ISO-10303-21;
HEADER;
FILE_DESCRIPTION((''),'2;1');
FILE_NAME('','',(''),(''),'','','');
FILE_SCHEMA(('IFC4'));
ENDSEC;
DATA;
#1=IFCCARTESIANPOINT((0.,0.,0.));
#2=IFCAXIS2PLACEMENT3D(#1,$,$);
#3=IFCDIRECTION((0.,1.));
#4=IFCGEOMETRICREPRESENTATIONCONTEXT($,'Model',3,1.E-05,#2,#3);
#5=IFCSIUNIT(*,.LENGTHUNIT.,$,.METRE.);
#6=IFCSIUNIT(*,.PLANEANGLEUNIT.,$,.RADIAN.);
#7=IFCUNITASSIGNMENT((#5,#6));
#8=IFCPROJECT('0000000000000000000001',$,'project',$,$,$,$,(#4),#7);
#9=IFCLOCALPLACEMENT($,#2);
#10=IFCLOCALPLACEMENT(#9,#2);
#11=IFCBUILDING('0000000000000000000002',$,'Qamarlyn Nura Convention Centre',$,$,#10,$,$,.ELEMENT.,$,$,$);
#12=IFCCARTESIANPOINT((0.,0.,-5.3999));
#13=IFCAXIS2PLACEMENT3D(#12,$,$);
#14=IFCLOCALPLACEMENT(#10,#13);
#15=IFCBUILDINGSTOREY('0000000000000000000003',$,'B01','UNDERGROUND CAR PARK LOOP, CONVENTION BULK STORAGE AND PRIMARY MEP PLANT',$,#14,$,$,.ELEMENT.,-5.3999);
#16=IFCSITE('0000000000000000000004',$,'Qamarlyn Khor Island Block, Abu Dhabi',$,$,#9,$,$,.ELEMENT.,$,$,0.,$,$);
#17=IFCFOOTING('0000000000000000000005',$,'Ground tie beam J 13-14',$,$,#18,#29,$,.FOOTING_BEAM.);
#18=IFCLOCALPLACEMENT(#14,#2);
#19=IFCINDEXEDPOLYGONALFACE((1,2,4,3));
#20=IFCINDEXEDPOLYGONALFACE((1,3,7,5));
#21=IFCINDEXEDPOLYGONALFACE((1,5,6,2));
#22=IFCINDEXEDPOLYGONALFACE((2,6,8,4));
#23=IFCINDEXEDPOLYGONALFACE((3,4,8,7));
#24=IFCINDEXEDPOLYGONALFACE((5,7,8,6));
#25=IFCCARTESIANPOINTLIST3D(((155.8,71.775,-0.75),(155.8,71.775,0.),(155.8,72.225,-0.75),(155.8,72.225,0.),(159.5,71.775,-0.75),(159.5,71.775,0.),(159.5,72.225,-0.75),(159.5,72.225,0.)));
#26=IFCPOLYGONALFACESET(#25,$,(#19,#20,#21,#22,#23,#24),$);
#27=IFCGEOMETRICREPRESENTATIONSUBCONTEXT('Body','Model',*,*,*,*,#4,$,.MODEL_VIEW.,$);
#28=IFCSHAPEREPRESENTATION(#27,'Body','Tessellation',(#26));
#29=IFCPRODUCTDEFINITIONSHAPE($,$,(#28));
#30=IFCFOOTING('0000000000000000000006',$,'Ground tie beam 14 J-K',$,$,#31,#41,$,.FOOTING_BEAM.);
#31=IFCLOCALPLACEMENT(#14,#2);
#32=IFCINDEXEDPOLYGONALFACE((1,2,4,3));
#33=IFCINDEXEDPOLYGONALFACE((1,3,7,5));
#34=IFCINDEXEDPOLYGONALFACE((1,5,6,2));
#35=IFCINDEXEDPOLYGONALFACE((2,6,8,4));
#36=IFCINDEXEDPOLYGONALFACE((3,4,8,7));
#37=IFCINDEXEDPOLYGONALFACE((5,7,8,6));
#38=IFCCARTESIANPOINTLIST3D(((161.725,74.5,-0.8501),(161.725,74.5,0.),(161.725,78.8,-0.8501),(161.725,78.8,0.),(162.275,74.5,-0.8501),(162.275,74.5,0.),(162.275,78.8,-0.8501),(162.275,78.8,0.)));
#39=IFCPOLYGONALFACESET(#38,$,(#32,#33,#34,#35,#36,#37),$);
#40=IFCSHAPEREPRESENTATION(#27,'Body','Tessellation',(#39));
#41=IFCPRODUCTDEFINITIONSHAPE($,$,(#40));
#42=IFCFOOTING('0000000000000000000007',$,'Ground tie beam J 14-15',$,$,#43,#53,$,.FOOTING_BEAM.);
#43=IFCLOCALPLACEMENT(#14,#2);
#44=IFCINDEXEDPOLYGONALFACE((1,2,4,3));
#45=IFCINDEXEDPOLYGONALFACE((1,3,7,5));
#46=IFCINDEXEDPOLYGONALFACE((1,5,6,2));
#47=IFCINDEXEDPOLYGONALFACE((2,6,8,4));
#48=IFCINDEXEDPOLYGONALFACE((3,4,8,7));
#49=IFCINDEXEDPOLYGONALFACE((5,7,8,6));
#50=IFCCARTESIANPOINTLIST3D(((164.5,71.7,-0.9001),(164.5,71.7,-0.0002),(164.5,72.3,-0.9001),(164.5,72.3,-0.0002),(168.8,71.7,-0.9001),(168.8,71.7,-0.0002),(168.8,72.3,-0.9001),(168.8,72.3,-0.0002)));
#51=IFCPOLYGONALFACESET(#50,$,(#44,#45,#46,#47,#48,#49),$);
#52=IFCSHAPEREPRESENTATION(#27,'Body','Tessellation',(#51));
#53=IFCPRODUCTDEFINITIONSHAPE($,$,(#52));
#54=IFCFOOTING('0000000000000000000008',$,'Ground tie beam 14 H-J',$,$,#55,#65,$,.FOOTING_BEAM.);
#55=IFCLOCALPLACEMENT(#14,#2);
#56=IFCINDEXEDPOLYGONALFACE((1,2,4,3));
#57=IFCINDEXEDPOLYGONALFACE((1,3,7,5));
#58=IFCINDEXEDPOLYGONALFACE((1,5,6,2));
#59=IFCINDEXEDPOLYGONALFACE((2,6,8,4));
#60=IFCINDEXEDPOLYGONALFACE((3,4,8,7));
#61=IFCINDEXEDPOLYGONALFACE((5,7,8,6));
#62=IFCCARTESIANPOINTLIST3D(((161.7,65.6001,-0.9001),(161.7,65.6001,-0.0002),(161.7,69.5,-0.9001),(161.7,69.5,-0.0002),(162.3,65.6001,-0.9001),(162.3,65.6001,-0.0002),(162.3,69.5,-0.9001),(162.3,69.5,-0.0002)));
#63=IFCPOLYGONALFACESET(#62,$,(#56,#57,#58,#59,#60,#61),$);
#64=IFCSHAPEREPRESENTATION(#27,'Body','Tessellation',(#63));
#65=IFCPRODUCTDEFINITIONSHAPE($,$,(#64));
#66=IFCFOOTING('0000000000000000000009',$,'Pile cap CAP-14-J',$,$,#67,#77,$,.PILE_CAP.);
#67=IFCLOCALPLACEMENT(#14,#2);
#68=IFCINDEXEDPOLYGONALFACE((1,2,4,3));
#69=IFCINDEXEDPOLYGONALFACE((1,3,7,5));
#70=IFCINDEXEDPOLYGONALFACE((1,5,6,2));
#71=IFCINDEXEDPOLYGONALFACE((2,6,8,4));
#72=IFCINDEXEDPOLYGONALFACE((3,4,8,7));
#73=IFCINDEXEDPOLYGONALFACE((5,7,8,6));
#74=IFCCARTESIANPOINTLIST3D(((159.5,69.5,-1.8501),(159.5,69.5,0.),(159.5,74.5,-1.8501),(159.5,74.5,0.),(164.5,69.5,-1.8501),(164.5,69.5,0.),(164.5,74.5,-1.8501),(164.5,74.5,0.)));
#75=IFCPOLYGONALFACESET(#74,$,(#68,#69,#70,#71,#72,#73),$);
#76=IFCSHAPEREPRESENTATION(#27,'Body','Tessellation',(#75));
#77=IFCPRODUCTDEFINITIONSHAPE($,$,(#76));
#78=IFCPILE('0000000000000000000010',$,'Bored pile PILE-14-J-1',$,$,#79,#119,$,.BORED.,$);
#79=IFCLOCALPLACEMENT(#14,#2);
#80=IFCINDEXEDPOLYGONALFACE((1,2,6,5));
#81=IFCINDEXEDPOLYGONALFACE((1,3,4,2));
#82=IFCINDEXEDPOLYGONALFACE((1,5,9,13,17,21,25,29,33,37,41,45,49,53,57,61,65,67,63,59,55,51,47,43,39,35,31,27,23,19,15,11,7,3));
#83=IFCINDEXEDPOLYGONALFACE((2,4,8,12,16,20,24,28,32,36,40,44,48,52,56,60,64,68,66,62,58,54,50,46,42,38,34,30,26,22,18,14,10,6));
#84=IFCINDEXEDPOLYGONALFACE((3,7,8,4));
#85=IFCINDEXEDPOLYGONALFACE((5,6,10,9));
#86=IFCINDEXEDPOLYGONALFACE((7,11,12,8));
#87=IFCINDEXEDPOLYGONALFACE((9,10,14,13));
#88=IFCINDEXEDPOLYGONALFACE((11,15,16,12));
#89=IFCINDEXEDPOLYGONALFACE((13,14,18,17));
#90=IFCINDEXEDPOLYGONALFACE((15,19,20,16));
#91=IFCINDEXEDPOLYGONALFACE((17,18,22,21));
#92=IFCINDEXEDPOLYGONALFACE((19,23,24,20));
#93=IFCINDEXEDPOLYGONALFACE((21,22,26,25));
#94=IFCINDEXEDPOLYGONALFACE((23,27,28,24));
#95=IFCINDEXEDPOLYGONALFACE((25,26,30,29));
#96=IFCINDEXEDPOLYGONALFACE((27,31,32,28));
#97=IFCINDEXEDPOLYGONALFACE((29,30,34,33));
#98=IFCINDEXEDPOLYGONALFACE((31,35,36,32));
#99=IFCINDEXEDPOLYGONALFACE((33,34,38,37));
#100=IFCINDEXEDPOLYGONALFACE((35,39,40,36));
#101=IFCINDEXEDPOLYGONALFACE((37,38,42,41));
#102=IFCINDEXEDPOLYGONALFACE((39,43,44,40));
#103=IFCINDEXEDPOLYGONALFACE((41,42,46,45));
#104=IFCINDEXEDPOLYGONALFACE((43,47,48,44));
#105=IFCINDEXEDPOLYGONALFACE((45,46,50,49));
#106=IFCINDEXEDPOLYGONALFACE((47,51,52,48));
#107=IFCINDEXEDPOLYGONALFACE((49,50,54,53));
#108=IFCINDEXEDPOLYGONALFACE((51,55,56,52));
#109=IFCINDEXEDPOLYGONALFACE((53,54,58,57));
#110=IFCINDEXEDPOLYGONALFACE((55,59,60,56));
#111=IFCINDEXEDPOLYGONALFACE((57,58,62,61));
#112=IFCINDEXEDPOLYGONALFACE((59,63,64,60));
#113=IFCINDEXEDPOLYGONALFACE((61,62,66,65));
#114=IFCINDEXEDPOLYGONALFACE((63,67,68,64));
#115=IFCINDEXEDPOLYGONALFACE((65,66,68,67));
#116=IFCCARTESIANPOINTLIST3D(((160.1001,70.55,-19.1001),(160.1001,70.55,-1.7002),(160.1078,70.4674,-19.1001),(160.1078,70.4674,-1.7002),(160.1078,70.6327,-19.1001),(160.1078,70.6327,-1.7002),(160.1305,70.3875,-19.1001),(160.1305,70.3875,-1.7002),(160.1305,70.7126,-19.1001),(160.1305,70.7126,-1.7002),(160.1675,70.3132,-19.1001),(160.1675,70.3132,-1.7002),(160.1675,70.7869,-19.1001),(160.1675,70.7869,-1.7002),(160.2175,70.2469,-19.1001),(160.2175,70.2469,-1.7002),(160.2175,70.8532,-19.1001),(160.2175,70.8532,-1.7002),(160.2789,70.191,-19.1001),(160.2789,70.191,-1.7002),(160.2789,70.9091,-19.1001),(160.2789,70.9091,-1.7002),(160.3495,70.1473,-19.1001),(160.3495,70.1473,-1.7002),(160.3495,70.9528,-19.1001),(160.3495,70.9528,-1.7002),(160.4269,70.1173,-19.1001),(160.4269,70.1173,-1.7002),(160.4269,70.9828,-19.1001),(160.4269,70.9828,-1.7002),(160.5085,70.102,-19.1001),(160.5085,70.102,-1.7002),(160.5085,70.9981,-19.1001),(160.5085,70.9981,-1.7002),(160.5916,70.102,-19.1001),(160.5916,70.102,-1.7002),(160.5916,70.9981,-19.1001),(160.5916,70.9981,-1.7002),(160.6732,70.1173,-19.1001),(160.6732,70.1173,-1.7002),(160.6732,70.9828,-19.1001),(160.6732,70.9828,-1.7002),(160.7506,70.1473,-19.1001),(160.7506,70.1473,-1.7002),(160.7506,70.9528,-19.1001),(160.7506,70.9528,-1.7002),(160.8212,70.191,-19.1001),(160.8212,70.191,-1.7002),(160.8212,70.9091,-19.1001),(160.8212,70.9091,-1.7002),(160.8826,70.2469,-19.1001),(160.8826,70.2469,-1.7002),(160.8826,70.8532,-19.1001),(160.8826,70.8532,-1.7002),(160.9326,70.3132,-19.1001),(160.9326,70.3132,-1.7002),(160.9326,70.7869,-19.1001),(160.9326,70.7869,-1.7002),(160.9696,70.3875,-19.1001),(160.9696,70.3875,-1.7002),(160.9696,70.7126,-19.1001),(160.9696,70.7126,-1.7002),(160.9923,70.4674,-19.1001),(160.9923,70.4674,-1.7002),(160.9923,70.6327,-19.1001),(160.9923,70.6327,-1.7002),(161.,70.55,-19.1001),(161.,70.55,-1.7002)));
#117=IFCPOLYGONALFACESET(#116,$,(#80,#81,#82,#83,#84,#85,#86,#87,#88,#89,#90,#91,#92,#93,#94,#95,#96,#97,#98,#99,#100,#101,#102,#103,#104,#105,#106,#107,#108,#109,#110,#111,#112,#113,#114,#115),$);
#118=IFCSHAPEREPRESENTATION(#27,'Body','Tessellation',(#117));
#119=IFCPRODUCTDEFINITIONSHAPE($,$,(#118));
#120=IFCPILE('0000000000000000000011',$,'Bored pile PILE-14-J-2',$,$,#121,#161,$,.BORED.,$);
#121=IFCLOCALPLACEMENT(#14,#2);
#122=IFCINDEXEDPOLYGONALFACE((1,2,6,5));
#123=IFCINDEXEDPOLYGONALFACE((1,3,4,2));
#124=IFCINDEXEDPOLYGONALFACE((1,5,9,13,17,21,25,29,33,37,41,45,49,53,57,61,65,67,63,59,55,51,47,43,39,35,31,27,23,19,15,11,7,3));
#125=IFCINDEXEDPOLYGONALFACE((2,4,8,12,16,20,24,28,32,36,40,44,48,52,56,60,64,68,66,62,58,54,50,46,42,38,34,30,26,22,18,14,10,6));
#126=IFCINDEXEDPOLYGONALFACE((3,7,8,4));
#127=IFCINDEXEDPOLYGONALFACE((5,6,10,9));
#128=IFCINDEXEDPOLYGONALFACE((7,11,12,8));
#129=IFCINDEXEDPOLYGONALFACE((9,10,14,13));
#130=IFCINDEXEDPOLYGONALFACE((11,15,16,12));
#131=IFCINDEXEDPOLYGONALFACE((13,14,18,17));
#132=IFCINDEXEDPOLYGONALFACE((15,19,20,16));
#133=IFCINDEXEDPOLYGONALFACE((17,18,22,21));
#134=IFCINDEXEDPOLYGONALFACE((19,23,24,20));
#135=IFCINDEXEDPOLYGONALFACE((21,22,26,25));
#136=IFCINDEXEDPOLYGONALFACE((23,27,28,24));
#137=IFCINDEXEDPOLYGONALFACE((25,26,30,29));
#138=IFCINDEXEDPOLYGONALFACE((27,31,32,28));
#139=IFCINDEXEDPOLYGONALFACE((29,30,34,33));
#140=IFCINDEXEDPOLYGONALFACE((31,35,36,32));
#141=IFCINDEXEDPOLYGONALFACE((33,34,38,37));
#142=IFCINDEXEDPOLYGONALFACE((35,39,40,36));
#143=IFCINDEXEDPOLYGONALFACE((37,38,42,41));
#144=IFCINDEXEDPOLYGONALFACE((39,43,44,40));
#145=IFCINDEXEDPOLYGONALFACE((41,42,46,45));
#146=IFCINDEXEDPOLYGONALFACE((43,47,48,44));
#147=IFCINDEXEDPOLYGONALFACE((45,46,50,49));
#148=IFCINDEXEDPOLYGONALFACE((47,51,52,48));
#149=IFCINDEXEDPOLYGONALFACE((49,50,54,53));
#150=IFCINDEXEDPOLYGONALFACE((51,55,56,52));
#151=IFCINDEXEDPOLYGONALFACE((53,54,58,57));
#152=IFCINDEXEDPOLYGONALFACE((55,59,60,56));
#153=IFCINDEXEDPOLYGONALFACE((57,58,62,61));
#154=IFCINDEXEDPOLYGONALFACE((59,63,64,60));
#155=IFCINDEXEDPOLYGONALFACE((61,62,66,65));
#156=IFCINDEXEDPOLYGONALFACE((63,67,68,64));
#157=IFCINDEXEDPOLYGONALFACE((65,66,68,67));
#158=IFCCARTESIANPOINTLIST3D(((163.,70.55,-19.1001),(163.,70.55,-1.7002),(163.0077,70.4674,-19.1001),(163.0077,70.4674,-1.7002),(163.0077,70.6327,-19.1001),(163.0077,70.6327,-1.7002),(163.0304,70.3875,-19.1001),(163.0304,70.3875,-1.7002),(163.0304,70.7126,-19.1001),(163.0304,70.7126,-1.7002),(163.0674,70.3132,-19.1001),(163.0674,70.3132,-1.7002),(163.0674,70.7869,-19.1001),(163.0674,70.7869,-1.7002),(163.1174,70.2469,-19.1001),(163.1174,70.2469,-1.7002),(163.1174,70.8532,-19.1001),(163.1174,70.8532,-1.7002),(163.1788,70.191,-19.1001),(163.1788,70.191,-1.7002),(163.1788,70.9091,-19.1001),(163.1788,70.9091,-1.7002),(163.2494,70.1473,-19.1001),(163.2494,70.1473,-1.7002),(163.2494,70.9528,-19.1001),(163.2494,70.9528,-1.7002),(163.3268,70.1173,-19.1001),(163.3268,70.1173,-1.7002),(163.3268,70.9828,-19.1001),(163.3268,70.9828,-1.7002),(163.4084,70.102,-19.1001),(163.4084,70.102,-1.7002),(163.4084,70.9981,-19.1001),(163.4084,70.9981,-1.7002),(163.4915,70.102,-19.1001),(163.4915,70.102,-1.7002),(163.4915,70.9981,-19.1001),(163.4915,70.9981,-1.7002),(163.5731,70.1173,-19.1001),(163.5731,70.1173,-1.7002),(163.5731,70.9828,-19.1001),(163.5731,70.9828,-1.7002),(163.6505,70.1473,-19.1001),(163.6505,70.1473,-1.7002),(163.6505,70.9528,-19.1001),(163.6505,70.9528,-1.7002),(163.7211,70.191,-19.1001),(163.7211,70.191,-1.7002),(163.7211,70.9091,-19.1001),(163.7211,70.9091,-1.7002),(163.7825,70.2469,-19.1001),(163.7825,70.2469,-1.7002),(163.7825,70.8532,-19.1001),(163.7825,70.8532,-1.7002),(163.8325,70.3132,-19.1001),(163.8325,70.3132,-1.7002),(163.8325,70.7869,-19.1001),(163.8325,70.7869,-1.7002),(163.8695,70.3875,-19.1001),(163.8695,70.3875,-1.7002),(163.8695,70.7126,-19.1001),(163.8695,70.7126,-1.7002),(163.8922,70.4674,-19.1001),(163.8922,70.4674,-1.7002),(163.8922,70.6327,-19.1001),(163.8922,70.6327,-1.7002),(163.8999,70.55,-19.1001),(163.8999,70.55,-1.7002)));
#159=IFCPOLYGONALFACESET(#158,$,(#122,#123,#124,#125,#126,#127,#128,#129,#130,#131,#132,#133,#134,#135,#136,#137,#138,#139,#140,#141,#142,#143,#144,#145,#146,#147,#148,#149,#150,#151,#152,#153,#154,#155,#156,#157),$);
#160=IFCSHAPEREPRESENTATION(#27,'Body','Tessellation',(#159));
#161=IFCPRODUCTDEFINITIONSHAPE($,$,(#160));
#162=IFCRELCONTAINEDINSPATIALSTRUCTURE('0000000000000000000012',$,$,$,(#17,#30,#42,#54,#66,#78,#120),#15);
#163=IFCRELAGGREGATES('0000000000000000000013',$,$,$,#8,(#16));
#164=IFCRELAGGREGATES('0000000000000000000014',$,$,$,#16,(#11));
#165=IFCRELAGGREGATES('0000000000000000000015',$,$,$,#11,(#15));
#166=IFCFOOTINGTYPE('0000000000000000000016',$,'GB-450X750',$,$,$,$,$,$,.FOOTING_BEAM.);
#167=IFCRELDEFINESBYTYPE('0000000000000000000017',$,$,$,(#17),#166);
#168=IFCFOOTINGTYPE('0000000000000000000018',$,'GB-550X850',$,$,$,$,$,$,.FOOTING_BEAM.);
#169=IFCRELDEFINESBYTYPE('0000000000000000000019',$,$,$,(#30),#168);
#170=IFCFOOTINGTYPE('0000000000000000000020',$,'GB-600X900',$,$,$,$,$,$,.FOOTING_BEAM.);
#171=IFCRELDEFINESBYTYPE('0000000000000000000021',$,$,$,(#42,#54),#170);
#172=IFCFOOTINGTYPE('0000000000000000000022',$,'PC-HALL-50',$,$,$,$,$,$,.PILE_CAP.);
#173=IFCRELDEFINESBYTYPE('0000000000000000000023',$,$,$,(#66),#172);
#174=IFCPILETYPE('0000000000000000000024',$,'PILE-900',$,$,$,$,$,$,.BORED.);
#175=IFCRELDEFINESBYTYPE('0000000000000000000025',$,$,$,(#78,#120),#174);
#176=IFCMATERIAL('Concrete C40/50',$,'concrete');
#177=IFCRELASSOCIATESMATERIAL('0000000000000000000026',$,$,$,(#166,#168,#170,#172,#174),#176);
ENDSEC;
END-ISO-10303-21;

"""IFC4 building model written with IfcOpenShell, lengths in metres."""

from ifc_helpers import new_model, si_unit, direction, frame, origin, origin_2d, place, context, subcontext, project, spatial, rectangle, circle, extrude, material, material_profile, profile_set, type_object, element, save


model = new_model("IFC4")

# Units and contexts
model_context = context("Model", 3, precision=1e-05, world=origin(), true_north=direction((0.0, 1.0)))
body_context = subcontext(model_context, "Body", "Model", "MODEL_VIEW")
ifc_project = project(units=[si_unit("LENGTHUNIT", "METRE"), si_unit("PLANEANGLEUNIT", "RADIAN")], contexts=[model_context])

# Site, building, storey
site_placement = place(None, origin())
site = spatial("IfcSite", under=ifc_project, at=site_placement, Name="Qamarlyn Khor Island Block, Abu Dhabi", CompositionType="ELEMENT", RefElevation=0.0)
building_placement = place(site_placement, origin())
building = spatial("IfcBuilding", under=site, at=building_placement, Name="Qamarlyn Nura Convention Centre", CompositionType="ELEMENT")
storey_placement = place(building_placement, frame((0.0, 0.0, -5.3999)))
storey = spatial("IfcBuildingStorey", under=building, at=storey_placement, Name="B01", Description="UNDERGROUND CAR PARK LOOP, CONVENTION BULK STORAGE AND PRIMARY MEP PLANT", CompositionType="ELEMENT", Elevation=-5.3999)

# Footings
ifc_material_1 = material(Name="Concrete C40/50", Category="concrete")
ifc_material_profile_1 = material_profile(ifc_material_1, rectangle(XDim=0.45, YDim=0.75, at=origin_2d()), Name="RC GB 450x750")
ifc_profile_set_1 = profile_set([ifc_material_profile_1], Name="Concrete C40/50")
footing_type_1 = type_object("IfcFootingType", Name="GB-450X750", PredefinedType="FOOTING_BEAM", material=ifc_profile_set_1)
footing_1_placement = place(storey_placement, frame((155.8, 72.0, -0.375), z_axis=(1.0, 0.0, 0.0), x_axis=(0.0, 1.0, 0.0)))
element("IfcFooting", 1, at=footing_1_placement, inside=storey, type_object=footing_type_1, Name="Ground tie beam J 13-14", PredefinedType="FOOTING_BEAM", context=body_context, shape_type="SweptSolid", body=[
    extrude(rectangle(XDim=0.45, YDim=0.75, at=origin_2d()), origin(), (0.0, 0.0, 1.0), 3.7),
])
ifc_material_profile_2 = material_profile(ifc_material_1, rectangle(XDim=0.55, YDim=0.8501, at=origin_2d()), Name="RC GB 550x850")
ifc_profile_set_2 = profile_set([ifc_material_profile_2], Name="Concrete C40/50")
footing_type_2 = type_object("IfcFootingType", Name="GB-550X850", PredefinedType="FOOTING_BEAM", material=ifc_profile_set_2)
footing_2_placement = place(storey_placement, frame((162.0, 74.5, -0.425), z_axis=(0.0, 1.0, 0.0), x_axis=(-1.0, 0.0, 0.0)))
element("IfcFooting", 2, at=footing_2_placement, inside=storey, type_object=footing_type_2, Name="Ground tie beam 14 J-K", PredefinedType="FOOTING_BEAM", context=body_context, shape_type="SweptSolid", body=[
    extrude(rectangle(XDim=0.55, YDim=0.8501, at=origin_2d()), origin(), (0.0, 0.0, 1.0), 4.3),
])
ifc_material_profile_3 = material_profile(ifc_material_1, rectangle(XDim=0.6001, YDim=0.8999, at=origin_2d()), Name="RC GB 600x900")
ifc_profile_set_3 = profile_set([ifc_material_profile_3], Name="Concrete C40/50")
footing_type_3 = type_object("IfcFootingType", Name="GB-600X900", PredefinedType="FOOTING_BEAM", material=ifc_profile_set_3)
footing_3_placement = place(storey_placement, frame((164.5, 72.0, -0.4502), z_axis=(1.0, 0.0, 0.0), x_axis=(0.0, 1.0, 0.0)))
element("IfcFooting", 3, at=footing_3_placement, inside=storey, type_object=footing_type_3, Name="Ground tie beam J 14-15", PredefinedType="FOOTING_BEAM", context=body_context, shape_type="SweptSolid", body=[
    extrude(rectangle(XDim=0.6001, YDim=0.8999, at=origin_2d()), origin(), (0.0, 0.0, 1.0), 4.3),
])
footing_4_placement = place(storey_placement, frame((162.0, 65.6001, -0.4502), z_axis=(0.0, 1.0, 0.0), x_axis=(-1.0, 0.0, 0.0)))
element("IfcFooting", 4, at=footing_4_placement, inside=storey, type_object=footing_type_3, Name="Ground tie beam 14 H-J", PredefinedType="FOOTING_BEAM", context=body_context, shape_type="SweptSolid", body=[
    extrude(rectangle(XDim=0.6001, YDim=0.8999, at=origin_2d()), origin(), (0.0, 0.0, 1.0), 3.8999),
])
footing_type_4 = type_object("IfcFootingType", Name="PC-HALL-50", PredefinedType="PILE_CAP", material=ifc_material_1)
footing_5_placement = place(storey_placement, frame((162.0, 72.0, -1.8501), z_axis=(0.0, 0.0, 1.0), x_axis=(1.0, 0.0, 0.0)))
element("IfcFooting", 5, at=footing_5_placement, inside=storey, type_object=footing_type_4, Name="Pile cap CAP-14-J", PredefinedType="PILE_CAP", context=body_context, shape_type="SweptSolid", body=[
    extrude(rectangle(XDim=5.0, YDim=5.0, at=origin_2d()), origin(), (0.0, 0.0, 1.0), 1.8501),
])

# Piles
ifc_material_profile_4 = material_profile(ifc_material_1, circle(Radius=0.45, at=origin_2d()), Name="BORED PILE 900")
ifc_profile_set_4 = profile_set([ifc_material_profile_4], Name="Concrete C40/50")
pile_type = type_object("IfcPileType", Name="PILE-900", PredefinedType="BORED", material=ifc_profile_set_4)
for number, where, z_axis, x_axis, name in (
    (6, (160.55, 70.55, -1.7002), (0.0, 0.0, -1.0), (1.0, 0.0, 0.0), "Bored pile PILE-14-J-1"),
    (7, (163.45, 70.55, -1.7002), (0.0, 0.0, -1.0), (1.0, 0.0, 0.0), "Bored pile PILE-14-J-2"),
):
    element("IfcPile", number, at=place(storey_placement, frame(where, z_axis=z_axis, x_axis=x_axis)), inside=storey, type_object=pile_type, Name=name, PredefinedType="BORED", context=body_context, shape_type="SweptSolid", body=[
        extrude(circle(Radius=0.45, at=origin_2d()), origin(), (0.0, 0.0, 1.0), 17.3999),
    ])

save(model, "model.ifc")
